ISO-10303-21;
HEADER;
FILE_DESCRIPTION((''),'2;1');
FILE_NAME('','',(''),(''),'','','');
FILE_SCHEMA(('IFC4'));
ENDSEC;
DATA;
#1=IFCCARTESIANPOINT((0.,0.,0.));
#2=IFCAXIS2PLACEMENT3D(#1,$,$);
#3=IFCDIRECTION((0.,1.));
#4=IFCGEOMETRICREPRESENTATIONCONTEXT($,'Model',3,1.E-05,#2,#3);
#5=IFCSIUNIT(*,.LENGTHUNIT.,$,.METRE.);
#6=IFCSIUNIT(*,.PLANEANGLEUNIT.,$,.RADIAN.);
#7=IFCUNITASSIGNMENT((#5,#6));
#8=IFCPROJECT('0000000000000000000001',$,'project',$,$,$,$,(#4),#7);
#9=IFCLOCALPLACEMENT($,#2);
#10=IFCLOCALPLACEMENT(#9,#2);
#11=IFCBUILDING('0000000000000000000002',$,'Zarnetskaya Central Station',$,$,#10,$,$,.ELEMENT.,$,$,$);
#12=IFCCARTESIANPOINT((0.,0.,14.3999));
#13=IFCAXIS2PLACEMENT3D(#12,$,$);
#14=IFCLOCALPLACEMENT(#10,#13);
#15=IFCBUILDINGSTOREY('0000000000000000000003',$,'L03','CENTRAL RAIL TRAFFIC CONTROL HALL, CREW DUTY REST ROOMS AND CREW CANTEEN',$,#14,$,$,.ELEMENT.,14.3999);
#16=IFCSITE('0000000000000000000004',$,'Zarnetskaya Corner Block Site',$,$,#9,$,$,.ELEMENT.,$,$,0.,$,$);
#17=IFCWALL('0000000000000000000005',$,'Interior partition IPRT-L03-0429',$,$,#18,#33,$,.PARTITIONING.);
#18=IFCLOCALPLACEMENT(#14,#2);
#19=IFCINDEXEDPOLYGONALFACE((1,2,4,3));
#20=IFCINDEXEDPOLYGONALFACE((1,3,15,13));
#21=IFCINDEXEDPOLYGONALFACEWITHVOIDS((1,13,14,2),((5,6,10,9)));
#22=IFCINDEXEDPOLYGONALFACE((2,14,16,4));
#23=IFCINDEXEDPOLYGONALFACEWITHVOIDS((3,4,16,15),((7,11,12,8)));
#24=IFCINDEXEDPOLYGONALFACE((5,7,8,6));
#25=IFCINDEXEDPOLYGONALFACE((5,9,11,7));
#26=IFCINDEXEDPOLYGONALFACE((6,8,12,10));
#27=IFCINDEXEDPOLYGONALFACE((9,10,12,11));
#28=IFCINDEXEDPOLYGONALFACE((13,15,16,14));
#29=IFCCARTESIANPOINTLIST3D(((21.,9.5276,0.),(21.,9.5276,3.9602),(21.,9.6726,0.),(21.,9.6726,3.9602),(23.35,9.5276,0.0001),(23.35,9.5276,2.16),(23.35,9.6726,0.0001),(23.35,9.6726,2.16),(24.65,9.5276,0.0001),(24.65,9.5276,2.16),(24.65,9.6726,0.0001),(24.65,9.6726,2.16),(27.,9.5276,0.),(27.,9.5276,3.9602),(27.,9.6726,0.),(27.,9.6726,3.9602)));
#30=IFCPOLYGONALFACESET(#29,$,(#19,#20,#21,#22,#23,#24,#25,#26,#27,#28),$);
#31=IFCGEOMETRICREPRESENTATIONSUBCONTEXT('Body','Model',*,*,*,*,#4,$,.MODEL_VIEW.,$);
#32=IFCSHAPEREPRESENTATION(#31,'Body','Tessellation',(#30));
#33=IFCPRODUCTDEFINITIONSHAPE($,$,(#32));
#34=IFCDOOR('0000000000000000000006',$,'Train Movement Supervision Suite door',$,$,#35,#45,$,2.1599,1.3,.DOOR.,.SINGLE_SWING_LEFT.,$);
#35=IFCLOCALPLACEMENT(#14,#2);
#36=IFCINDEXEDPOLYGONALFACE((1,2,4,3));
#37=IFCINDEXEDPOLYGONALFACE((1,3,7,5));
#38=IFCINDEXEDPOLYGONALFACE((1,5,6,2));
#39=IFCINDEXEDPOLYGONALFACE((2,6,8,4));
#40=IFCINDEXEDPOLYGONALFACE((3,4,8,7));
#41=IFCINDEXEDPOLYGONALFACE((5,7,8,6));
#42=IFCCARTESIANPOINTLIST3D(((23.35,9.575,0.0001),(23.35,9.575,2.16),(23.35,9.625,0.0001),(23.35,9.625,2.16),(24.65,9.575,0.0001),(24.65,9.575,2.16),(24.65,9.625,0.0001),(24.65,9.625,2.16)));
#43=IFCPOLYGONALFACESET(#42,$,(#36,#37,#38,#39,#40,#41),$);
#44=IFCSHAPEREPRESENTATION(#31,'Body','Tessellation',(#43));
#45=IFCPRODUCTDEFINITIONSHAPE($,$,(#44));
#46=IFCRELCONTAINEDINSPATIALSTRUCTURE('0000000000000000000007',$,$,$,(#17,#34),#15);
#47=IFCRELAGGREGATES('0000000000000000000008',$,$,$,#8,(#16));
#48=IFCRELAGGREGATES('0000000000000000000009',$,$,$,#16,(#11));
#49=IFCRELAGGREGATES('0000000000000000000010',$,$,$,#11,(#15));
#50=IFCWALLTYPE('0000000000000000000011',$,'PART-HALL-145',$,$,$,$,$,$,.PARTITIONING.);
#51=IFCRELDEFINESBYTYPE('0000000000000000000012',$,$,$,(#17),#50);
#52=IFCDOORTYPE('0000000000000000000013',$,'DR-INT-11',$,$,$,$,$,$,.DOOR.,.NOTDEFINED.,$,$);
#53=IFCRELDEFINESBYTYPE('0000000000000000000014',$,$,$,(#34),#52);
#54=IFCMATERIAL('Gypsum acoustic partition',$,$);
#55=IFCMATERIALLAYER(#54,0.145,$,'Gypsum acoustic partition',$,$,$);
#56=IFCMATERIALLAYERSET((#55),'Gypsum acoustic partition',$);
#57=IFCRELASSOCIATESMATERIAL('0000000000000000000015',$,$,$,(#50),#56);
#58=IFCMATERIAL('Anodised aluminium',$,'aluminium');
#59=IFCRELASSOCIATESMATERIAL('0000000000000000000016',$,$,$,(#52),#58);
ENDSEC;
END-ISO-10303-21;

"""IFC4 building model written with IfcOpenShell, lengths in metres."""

from ifc_helpers import new_model, si_unit, direction, frame, frame_2d, origin, place, context, subcontext, project, spatial, rectangle, extrude, material, layer, layer_set, type_object, element, fill, save


model = new_model("IFC4")

# Units and contexts
model_context = context("Model", 3, precision=1e-05, world=origin(), true_north=direction((0.0, 1.0)))
body_context = subcontext(model_context, "Body", "Model", "MODEL_VIEW")
ifc_project = project(units=[si_unit("LENGTHUNIT", "METRE"), si_unit("PLANEANGLEUNIT", "RADIAN")], contexts=[model_context])

# Site, building, storey
site_placement = place(None, origin())
site = spatial("IfcSite", under=ifc_project, at=site_placement, Name="Zarnetskaya Corner Block Site", CompositionType="ELEMENT", RefElevation=0.0)
building_placement = place(site_placement, origin())
building = spatial("IfcBuilding", under=site, at=building_placement, Name="Zarnetskaya Central Station", CompositionType="ELEMENT")
storey_placement = place(building_placement, frame((0.0, 0.0, 14.3999)))
storey = spatial("IfcBuildingStorey", under=building, at=storey_placement, Name="L03", Description="CENTRAL RAIL TRAFFIC CONTROL HALL, CREW DUTY REST ROOMS AND CREW CANTEEN", CompositionType="ELEMENT", Elevation=14.3999)

# Shared definitions
ifc_material_1 = material(Name="Anodised aluminium", Category="aluminium")

# Wall, opening, door
ifc_material_2 = material(Name="Gypsum acoustic partition")
ifc_layer_1 = layer(ifc_material_2, 0.145, Name="Gypsum acoustic partition")
ifc_layer_set_1 = layer_set([ifc_layer_1], Name="Gypsum acoustic partition")
wall_type_1 = type_object("IfcWallType", Name="PART-HALL-145", PredefinedType="PARTITIONING", material=ifc_layer_set_1)
wall_1_placement = place(storey_placement, frame((21.0, 9.6001, 0.0), z_axis=(0.0, 0.0, 1.0), x_axis=(1.0, 0.0, 0.0)))
wall_1 = element("IfcWall", 1, at=wall_1_placement, inside=storey, type_object=wall_type_1, Name="Interior partition IPRT-L03-0429", PredefinedType="PARTITIONING", context=body_context, shape_type="SweptSolid", body=[
    extrude(rectangle(XDim=6.0, YDim=0.145, at=frame_2d((3.0, 0.0))), origin(), (0.0, 0.0, 1.0), 3.9602),
])
opening_1_placement = place(wall_1_placement, frame((2.3501, 0.0, 0.0)))
opening_1 = element("IfcOpeningElement", 2, at=opening_1_placement, cuts=wall_1, PredefinedType="OPENING", context=body_context, shape_type="SweptSolid", body=[
    extrude(rectangle(XDim=1.3, YDim=2.1599, at=frame_2d((0.6499, 1.0801))), frame((0.0, 0.0825, 0.0), z_axis=(0.0, -1.0, 0.0), x_axis=(1.0, 0.0, 0.0)), (0.0, 0.0, 1.0), 0.165),
])
door_type_1 = type_object("IfcDoorType", Name="DR-INT-11", OperationType="NOTDEFINED", PredefinedType="DOOR", material=ifc_material_1)
door_1_placement = place(opening_1_placement, origin())
door_1 = element("IfcDoor", 3, at=door_1_placement, inside=storey, type_object=door_type_1, Name="Train Movement Supervision Suite door", OperationType="SINGLE_SWING_LEFT", OverallHeight=2.1599, OverallWidth=1.3, PredefinedType="DOOR", context=body_context, shape_type="SweptSolid", body=[
    extrude(rectangle(XDim=1.3, YDim=2.1599, at=frame_2d((0.6499, 1.0801))), frame((0.0, 0.0249, 0.0), z_axis=(0.0, -1.0, 0.0), x_axis=(1.0, 0.0, 0.0)), (0.0, 0.0, 1.0), 0.05),
])
fill(opening_1, door_1)

save(model, "model.ifc")
